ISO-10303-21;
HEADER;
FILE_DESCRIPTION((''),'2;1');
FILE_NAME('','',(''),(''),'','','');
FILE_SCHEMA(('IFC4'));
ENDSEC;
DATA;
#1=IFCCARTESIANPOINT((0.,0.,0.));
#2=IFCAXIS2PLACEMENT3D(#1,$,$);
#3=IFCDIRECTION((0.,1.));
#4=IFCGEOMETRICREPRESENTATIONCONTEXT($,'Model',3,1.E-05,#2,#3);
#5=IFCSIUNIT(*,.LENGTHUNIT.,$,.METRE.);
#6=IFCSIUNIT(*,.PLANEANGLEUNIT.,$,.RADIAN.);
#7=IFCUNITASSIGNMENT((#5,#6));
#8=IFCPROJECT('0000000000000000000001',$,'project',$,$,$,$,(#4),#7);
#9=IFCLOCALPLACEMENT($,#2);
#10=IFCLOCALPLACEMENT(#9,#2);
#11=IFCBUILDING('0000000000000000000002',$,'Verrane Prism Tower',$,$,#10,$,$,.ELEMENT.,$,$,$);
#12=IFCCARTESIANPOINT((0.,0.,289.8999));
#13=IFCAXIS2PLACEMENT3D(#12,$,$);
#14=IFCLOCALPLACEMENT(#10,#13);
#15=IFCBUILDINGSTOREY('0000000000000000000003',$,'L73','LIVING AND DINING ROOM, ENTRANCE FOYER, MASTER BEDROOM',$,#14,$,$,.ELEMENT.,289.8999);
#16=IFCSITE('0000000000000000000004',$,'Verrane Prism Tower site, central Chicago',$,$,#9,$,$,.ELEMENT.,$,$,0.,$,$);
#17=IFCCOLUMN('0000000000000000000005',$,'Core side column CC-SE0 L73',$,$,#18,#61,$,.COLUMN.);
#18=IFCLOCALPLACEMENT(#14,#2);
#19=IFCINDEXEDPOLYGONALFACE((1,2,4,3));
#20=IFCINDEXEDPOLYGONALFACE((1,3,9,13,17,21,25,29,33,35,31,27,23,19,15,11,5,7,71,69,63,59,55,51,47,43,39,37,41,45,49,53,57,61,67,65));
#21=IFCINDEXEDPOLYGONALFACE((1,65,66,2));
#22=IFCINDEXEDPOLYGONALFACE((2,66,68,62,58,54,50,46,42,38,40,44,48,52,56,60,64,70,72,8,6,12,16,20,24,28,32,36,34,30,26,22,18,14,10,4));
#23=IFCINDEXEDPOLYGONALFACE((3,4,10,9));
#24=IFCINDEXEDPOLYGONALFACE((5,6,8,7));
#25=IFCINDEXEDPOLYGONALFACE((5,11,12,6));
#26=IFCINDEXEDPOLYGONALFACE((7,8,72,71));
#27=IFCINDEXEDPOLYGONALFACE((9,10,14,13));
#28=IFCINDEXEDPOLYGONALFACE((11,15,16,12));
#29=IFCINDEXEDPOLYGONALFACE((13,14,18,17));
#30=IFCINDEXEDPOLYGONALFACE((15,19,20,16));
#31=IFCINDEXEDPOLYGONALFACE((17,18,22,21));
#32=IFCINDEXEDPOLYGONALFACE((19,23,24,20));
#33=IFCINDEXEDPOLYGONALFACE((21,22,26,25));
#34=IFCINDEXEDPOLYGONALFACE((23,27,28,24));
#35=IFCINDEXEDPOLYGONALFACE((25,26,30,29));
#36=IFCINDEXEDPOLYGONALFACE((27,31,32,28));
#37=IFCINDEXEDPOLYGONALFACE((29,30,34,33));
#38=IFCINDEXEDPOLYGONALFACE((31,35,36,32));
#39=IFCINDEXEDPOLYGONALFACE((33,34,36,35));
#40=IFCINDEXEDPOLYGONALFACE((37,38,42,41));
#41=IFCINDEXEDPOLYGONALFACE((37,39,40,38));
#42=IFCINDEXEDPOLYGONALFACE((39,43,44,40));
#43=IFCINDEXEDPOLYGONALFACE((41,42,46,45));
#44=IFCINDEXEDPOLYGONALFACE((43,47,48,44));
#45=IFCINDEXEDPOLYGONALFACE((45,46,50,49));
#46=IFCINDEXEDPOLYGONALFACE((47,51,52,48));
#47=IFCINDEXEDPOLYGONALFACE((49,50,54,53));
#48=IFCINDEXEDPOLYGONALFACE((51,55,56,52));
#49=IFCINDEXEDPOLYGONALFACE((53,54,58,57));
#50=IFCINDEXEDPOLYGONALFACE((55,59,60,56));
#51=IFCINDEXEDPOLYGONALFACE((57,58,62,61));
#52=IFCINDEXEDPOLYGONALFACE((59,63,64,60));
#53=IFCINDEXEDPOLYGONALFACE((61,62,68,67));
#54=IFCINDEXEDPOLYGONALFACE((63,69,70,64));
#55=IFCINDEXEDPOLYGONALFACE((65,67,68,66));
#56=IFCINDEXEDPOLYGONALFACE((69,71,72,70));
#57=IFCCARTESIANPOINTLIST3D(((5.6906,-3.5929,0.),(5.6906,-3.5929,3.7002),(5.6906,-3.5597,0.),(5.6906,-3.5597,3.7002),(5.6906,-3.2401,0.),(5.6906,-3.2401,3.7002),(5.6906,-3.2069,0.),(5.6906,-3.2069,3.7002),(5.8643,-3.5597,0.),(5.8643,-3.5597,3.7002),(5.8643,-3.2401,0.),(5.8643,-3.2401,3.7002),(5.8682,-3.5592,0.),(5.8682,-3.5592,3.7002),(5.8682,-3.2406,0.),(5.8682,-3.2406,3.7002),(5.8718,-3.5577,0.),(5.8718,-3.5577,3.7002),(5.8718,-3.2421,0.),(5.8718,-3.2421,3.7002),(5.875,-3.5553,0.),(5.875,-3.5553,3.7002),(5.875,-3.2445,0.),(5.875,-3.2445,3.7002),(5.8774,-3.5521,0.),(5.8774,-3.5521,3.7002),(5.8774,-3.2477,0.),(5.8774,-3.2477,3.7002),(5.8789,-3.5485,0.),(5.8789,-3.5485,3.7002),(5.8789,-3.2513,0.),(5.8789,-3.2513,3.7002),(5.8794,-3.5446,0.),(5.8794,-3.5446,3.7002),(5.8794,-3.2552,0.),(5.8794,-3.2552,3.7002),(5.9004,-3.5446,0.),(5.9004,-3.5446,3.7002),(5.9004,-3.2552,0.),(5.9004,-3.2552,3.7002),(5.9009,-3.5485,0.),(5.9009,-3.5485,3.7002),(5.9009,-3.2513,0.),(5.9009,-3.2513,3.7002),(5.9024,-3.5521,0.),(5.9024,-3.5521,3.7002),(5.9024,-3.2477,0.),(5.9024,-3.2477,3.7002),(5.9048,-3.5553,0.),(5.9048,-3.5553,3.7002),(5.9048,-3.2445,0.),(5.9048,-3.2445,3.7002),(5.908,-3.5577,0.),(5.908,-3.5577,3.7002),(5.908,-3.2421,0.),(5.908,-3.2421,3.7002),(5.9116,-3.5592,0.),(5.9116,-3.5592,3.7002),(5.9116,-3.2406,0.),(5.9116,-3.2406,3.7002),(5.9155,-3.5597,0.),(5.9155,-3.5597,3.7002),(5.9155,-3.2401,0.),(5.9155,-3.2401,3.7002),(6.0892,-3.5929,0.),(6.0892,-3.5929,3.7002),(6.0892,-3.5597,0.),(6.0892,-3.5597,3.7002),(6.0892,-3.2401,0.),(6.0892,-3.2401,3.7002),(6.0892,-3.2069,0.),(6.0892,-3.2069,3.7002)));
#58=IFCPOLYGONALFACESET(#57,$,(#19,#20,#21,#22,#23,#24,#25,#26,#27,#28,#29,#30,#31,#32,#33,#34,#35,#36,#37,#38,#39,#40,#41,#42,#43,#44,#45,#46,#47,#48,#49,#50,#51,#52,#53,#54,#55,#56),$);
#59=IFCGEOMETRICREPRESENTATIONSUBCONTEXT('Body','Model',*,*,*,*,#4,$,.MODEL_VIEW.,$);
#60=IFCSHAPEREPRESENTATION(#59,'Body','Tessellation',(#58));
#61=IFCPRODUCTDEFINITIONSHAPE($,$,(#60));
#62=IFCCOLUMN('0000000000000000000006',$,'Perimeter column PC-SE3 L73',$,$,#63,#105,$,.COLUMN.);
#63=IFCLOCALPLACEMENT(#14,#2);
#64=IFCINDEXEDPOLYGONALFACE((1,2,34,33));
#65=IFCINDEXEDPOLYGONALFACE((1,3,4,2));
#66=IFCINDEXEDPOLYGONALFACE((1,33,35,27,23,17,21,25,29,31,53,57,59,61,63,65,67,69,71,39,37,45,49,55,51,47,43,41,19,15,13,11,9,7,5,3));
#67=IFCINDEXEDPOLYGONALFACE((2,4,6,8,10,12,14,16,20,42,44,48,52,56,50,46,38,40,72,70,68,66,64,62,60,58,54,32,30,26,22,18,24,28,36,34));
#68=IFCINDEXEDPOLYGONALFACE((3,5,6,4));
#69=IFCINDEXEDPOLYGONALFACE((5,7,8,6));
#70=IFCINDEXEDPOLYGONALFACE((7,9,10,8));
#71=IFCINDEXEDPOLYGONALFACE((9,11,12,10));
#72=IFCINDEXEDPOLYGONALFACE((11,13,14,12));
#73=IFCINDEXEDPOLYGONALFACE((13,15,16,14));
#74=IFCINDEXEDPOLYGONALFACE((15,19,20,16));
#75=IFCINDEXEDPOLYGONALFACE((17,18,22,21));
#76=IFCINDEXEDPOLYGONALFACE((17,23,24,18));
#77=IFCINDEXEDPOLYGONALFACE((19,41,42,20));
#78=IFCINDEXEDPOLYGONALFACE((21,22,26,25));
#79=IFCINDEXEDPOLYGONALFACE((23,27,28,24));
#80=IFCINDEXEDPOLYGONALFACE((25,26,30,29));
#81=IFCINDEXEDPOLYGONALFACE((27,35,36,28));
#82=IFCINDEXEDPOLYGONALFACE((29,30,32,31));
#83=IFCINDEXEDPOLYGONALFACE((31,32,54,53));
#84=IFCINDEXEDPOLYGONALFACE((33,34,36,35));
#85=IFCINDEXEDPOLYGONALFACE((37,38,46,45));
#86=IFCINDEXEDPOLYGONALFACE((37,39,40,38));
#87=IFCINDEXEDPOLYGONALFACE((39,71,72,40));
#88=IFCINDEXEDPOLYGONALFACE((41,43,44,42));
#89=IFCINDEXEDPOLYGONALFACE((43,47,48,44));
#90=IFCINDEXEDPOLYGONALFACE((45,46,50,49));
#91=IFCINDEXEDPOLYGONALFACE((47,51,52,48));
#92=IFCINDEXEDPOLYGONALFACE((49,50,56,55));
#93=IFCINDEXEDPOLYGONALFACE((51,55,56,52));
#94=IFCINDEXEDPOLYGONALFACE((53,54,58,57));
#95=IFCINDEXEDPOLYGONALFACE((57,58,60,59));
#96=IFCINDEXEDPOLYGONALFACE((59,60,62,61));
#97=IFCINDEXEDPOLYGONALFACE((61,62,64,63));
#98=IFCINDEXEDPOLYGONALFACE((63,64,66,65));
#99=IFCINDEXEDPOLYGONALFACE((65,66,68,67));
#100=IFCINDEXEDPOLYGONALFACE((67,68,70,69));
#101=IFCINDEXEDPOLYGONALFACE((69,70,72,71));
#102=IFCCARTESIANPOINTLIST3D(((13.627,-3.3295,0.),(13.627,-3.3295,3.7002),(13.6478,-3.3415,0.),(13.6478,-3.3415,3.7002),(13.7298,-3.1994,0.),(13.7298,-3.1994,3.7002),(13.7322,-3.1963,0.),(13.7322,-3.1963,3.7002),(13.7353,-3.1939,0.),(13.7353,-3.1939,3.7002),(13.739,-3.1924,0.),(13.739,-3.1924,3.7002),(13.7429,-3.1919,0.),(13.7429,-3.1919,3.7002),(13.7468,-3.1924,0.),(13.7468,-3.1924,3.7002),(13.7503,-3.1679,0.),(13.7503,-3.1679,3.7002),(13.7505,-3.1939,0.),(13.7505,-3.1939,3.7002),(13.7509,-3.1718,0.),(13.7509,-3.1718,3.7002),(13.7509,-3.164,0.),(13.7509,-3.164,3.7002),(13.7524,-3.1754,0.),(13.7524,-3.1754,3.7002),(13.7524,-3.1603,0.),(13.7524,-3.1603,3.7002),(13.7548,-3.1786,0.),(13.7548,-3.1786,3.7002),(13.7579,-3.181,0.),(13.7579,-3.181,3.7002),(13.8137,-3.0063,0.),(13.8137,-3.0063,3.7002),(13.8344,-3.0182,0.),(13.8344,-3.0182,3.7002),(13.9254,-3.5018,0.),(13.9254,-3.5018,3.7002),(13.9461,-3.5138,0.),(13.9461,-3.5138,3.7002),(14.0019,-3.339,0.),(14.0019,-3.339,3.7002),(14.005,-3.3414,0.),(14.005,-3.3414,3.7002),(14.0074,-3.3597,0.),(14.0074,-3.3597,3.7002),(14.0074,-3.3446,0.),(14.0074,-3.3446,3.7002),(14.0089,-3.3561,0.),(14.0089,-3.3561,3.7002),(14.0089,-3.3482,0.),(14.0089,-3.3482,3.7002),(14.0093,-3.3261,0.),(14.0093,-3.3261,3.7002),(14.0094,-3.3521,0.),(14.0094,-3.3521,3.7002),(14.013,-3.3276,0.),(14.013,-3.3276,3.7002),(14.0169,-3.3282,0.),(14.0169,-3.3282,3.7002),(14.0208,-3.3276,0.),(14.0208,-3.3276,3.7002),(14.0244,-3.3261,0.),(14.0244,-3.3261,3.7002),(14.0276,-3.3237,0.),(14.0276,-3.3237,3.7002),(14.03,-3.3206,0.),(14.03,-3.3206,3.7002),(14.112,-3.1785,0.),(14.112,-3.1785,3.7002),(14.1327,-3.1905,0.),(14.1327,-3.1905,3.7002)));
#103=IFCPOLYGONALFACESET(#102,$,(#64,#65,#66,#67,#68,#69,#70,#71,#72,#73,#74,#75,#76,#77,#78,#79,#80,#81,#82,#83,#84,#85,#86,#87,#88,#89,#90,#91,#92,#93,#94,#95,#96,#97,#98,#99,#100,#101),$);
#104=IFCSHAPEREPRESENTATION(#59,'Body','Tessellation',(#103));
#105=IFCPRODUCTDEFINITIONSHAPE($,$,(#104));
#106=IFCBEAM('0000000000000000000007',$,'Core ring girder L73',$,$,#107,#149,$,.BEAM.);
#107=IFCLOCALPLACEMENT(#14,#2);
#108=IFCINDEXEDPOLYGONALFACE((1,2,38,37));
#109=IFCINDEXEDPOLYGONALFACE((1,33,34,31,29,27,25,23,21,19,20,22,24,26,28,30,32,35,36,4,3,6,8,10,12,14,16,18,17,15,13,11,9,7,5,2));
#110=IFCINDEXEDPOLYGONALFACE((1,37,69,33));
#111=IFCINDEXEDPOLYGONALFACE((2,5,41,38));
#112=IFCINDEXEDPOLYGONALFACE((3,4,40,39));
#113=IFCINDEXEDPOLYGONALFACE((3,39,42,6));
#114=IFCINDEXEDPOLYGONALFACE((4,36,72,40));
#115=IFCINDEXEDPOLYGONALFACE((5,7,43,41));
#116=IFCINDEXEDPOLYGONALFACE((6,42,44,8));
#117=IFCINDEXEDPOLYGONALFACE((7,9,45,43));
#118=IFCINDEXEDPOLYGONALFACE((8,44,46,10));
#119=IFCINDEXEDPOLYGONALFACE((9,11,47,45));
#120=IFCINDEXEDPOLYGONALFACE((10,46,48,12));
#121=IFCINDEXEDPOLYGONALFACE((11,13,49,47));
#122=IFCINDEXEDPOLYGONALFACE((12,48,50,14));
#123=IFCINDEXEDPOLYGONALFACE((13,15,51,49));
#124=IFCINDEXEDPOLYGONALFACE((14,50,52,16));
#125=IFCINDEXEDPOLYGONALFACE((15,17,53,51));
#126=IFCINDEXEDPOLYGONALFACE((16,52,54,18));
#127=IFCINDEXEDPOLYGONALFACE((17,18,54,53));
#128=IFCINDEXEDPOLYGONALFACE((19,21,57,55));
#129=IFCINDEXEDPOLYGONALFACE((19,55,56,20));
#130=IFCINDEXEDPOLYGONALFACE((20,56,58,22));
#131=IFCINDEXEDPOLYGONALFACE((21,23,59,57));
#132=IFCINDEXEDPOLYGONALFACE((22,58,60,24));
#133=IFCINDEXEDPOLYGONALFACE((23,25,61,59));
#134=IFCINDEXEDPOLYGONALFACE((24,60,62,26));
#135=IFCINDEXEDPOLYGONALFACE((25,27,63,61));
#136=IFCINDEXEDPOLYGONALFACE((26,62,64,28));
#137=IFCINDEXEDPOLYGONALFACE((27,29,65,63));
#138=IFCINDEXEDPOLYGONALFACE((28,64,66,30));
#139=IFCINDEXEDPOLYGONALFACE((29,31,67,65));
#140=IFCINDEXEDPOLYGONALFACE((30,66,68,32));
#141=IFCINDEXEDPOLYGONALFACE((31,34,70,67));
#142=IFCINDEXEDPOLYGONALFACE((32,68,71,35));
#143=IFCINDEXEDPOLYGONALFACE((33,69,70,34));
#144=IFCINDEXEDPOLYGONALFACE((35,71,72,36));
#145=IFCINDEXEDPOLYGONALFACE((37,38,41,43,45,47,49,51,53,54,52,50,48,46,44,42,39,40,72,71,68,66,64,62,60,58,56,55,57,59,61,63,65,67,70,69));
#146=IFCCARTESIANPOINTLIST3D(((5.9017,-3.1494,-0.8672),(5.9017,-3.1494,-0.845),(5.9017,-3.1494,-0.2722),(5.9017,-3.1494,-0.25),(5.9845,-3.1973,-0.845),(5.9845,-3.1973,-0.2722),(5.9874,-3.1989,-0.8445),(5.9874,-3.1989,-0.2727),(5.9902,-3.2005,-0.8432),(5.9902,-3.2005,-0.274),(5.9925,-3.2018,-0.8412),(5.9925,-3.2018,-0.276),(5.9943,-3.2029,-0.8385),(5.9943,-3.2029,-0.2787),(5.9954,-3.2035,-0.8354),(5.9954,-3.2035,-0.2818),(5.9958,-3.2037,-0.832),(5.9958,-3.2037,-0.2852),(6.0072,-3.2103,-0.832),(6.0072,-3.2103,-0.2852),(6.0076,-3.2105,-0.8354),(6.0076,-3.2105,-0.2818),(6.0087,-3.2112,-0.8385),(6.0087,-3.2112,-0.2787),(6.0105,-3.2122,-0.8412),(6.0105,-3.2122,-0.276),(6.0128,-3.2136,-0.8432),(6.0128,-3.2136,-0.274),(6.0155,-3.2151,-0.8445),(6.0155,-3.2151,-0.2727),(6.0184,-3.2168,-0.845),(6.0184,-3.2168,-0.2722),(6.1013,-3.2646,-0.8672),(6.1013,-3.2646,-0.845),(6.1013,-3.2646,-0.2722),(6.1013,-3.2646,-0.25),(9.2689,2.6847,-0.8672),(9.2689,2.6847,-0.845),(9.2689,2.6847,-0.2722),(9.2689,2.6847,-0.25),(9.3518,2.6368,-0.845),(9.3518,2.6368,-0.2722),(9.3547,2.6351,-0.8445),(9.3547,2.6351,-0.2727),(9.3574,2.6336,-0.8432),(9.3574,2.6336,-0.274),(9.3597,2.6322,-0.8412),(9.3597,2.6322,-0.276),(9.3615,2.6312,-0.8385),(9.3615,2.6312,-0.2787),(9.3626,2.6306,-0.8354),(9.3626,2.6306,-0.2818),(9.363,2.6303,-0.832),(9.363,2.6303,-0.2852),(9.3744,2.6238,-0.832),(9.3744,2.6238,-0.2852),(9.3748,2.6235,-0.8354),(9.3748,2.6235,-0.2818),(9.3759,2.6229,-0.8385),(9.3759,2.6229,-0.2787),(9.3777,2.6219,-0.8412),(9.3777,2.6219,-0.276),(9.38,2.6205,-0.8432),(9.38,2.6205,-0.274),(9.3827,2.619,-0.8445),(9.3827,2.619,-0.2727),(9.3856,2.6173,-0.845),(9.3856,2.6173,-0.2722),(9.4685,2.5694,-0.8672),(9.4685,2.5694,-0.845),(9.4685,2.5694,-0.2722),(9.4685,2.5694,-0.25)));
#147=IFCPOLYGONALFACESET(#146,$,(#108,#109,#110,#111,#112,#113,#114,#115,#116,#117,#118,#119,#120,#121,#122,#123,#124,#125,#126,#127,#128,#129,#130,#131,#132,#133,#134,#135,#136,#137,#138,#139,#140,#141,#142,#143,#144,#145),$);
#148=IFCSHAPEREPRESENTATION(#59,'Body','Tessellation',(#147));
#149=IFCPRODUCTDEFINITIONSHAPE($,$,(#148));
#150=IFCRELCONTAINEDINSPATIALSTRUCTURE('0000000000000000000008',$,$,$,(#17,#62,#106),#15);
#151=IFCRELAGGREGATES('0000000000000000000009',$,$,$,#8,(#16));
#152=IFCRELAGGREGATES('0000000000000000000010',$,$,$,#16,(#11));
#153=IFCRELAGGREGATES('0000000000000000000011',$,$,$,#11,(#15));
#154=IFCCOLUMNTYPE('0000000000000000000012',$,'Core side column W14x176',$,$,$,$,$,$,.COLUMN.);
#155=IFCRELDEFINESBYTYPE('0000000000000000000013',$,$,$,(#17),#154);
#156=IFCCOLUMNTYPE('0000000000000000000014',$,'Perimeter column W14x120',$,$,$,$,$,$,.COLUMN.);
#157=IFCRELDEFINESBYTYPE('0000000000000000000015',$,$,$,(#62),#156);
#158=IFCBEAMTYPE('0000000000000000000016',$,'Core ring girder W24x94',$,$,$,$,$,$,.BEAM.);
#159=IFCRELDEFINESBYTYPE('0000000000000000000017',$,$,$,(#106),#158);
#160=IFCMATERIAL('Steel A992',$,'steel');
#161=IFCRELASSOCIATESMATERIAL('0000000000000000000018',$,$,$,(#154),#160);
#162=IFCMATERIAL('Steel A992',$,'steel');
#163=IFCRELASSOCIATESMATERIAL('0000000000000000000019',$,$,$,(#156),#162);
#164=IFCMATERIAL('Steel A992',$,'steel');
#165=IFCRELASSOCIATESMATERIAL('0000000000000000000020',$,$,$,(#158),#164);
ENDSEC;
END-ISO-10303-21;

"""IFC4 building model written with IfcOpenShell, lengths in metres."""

from ifc_helpers import new_model, si_unit, direction, frame, origin, origin_2d, place, context, subcontext, project, spatial, i_section, extrude, material, material_profile, profile_set, type_object, element, save


model = new_model("IFC4")

# Units and contexts
model_context = context("Model", 3, precision=1e-05, world=origin(), true_north=direction((0.0, 1.0)))
body_context = subcontext(model_context, "Body", "Model", "MODEL_VIEW")
ifc_project = project(units=[si_unit("LENGTHUNIT", "METRE"), si_unit("PLANEANGLEUNIT", "RADIAN")], contexts=[model_context])

# Site, building, storey
site_placement = place(None, origin())
site = spatial("IfcSite", under=ifc_project, at=site_placement, Name="Verrane Prism Tower site, central Chicago", CompositionType="ELEMENT", RefElevation=0.0)
building_placement = place(site_placement, origin())
building = spatial("IfcBuilding", under=site, at=building_placement, Name="Verrane Prism Tower", CompositionType="ELEMENT")
storey_placement = place(building_placement, frame((0.0, 0.0, 289.8999)))
storey = spatial("IfcBuildingStorey", under=building, at=storey_placement, Name="L73", Description="LIVING AND DINING ROOM, ENTRANCE FOYER, MASTER BEDROOM", CompositionType="ELEMENT", Elevation=289.8999)

# Columns
ifc_material_1 = material(Name="Steel A992", Category="steel")
ifc_material_profile_1 = material_profile(ifc_material_1, i_section(OverallWidth=0.3987, OverallDepth=0.386, WebThickness=0.021, FlangeThickness=0.0332, FilletRadius=0.0151, at=origin_2d()), Name="W14x176")
ifc_profile_set_1 = profile_set([ifc_material_profile_1], Name="Steel A992")
column_type_1 = type_object("IfcColumnType", Name="Core side column W14x176", PredefinedType="COLUMN", material=ifc_profile_set_1)
column_1_placement = place(storey_placement, frame((5.8899, -3.3999, 0.0), z_axis=(0.0, 0.0, 1.0), x_axis=(1.0, 0.0, 0.0)))
element("IfcColumn", 1, at=column_1_placement, inside=storey, type_object=column_type_1, Name="Core side column CC-SE0 L73", PredefinedType="COLUMN", context=body_context, shape_type="SweptSolid", body=[
    extrude(i_section(OverallWidth=0.3987, OverallDepth=0.386, WebThickness=0.021, FlangeThickness=0.0332, FilletRadius=0.0151, at=origin_2d()), origin(), (0.0, 0.0, 1.0), 3.7002),
])
ifc_material_2 = material(Name="Steel A992", Category="steel")
ifc_material_profile_2 = material_profile(ifc_material_2, i_section(OverallWidth=0.3733, OverallDepth=0.3684, WebThickness=0.0149, FlangeThickness=0.0239, FilletRadius=0.0151, at=origin_2d()), Name="W14x120")
ifc_profile_set_2 = profile_set([ifc_material_profile_2], Name="Steel A992")
column_type_2 = type_object("IfcColumnType", Name="Perimeter column W14x120", PredefinedType="COLUMN", material=ifc_profile_set_2)
column_2_placement = place(storey_placement, frame((13.8799, -3.26, 0.0), z_axis=(0.0, 0.0, 1.0), x_axis=(-0.5, -0.866025, 0.0)))
element("IfcColumn", 2, at=column_2_placement, inside=storey, type_object=column_type_2, Name="Perimeter column PC-SE3 L73", PredefinedType="COLUMN", context=body_context, shape_type="SweptSolid", body=[
    extrude(i_section(OverallWidth=0.3733, OverallDepth=0.3684, WebThickness=0.0149, FlangeThickness=0.0239, FilletRadius=0.0151, at=origin_2d()), origin(), (0.0, 0.0, 1.0), 3.7002),
])

# Beam
ifc_material_3 = material(Name="Steel A992", Category="steel")
ifc_material_profile_3 = material_profile(ifc_material_3, i_section(OverallWidth=0.2305, OverallDepth=0.6172, WebThickness=0.0132, FlangeThickness=0.0222, FilletRadius=0.0129, at=origin_2d()), Name="W24x94")
ifc_profile_set_3 = profile_set([ifc_material_profile_3], Name="Steel A992")
beam_type_1 = type_object("IfcBeamType", Name="Core ring girder W24x94", PredefinedType="BEAM", material=ifc_profile_set_3)
beam_1_placement = place(storey_placement, frame((6.0015, -3.207, -0.5586), z_axis=(0.499881, 0.866094, 0.0), x_axis=(-0.866094, 0.499881, 0.0)))
element("IfcBeam", 3, at=beam_1_placement, inside=storey, type_object=beam_type_1, Name="Core ring girder L73", PredefinedType="BEAM", context=body_context, shape_type="SweptSolid", body=[
    extrude(i_section(OverallWidth=0.2305, OverallDepth=0.6172, WebThickness=0.0132, FlangeThickness=0.0222, FilletRadius=0.0129, at=origin_2d()), origin(), (0.0, 0.0, 1.0), 6.7361),
])

save(model, "model.ifc")
